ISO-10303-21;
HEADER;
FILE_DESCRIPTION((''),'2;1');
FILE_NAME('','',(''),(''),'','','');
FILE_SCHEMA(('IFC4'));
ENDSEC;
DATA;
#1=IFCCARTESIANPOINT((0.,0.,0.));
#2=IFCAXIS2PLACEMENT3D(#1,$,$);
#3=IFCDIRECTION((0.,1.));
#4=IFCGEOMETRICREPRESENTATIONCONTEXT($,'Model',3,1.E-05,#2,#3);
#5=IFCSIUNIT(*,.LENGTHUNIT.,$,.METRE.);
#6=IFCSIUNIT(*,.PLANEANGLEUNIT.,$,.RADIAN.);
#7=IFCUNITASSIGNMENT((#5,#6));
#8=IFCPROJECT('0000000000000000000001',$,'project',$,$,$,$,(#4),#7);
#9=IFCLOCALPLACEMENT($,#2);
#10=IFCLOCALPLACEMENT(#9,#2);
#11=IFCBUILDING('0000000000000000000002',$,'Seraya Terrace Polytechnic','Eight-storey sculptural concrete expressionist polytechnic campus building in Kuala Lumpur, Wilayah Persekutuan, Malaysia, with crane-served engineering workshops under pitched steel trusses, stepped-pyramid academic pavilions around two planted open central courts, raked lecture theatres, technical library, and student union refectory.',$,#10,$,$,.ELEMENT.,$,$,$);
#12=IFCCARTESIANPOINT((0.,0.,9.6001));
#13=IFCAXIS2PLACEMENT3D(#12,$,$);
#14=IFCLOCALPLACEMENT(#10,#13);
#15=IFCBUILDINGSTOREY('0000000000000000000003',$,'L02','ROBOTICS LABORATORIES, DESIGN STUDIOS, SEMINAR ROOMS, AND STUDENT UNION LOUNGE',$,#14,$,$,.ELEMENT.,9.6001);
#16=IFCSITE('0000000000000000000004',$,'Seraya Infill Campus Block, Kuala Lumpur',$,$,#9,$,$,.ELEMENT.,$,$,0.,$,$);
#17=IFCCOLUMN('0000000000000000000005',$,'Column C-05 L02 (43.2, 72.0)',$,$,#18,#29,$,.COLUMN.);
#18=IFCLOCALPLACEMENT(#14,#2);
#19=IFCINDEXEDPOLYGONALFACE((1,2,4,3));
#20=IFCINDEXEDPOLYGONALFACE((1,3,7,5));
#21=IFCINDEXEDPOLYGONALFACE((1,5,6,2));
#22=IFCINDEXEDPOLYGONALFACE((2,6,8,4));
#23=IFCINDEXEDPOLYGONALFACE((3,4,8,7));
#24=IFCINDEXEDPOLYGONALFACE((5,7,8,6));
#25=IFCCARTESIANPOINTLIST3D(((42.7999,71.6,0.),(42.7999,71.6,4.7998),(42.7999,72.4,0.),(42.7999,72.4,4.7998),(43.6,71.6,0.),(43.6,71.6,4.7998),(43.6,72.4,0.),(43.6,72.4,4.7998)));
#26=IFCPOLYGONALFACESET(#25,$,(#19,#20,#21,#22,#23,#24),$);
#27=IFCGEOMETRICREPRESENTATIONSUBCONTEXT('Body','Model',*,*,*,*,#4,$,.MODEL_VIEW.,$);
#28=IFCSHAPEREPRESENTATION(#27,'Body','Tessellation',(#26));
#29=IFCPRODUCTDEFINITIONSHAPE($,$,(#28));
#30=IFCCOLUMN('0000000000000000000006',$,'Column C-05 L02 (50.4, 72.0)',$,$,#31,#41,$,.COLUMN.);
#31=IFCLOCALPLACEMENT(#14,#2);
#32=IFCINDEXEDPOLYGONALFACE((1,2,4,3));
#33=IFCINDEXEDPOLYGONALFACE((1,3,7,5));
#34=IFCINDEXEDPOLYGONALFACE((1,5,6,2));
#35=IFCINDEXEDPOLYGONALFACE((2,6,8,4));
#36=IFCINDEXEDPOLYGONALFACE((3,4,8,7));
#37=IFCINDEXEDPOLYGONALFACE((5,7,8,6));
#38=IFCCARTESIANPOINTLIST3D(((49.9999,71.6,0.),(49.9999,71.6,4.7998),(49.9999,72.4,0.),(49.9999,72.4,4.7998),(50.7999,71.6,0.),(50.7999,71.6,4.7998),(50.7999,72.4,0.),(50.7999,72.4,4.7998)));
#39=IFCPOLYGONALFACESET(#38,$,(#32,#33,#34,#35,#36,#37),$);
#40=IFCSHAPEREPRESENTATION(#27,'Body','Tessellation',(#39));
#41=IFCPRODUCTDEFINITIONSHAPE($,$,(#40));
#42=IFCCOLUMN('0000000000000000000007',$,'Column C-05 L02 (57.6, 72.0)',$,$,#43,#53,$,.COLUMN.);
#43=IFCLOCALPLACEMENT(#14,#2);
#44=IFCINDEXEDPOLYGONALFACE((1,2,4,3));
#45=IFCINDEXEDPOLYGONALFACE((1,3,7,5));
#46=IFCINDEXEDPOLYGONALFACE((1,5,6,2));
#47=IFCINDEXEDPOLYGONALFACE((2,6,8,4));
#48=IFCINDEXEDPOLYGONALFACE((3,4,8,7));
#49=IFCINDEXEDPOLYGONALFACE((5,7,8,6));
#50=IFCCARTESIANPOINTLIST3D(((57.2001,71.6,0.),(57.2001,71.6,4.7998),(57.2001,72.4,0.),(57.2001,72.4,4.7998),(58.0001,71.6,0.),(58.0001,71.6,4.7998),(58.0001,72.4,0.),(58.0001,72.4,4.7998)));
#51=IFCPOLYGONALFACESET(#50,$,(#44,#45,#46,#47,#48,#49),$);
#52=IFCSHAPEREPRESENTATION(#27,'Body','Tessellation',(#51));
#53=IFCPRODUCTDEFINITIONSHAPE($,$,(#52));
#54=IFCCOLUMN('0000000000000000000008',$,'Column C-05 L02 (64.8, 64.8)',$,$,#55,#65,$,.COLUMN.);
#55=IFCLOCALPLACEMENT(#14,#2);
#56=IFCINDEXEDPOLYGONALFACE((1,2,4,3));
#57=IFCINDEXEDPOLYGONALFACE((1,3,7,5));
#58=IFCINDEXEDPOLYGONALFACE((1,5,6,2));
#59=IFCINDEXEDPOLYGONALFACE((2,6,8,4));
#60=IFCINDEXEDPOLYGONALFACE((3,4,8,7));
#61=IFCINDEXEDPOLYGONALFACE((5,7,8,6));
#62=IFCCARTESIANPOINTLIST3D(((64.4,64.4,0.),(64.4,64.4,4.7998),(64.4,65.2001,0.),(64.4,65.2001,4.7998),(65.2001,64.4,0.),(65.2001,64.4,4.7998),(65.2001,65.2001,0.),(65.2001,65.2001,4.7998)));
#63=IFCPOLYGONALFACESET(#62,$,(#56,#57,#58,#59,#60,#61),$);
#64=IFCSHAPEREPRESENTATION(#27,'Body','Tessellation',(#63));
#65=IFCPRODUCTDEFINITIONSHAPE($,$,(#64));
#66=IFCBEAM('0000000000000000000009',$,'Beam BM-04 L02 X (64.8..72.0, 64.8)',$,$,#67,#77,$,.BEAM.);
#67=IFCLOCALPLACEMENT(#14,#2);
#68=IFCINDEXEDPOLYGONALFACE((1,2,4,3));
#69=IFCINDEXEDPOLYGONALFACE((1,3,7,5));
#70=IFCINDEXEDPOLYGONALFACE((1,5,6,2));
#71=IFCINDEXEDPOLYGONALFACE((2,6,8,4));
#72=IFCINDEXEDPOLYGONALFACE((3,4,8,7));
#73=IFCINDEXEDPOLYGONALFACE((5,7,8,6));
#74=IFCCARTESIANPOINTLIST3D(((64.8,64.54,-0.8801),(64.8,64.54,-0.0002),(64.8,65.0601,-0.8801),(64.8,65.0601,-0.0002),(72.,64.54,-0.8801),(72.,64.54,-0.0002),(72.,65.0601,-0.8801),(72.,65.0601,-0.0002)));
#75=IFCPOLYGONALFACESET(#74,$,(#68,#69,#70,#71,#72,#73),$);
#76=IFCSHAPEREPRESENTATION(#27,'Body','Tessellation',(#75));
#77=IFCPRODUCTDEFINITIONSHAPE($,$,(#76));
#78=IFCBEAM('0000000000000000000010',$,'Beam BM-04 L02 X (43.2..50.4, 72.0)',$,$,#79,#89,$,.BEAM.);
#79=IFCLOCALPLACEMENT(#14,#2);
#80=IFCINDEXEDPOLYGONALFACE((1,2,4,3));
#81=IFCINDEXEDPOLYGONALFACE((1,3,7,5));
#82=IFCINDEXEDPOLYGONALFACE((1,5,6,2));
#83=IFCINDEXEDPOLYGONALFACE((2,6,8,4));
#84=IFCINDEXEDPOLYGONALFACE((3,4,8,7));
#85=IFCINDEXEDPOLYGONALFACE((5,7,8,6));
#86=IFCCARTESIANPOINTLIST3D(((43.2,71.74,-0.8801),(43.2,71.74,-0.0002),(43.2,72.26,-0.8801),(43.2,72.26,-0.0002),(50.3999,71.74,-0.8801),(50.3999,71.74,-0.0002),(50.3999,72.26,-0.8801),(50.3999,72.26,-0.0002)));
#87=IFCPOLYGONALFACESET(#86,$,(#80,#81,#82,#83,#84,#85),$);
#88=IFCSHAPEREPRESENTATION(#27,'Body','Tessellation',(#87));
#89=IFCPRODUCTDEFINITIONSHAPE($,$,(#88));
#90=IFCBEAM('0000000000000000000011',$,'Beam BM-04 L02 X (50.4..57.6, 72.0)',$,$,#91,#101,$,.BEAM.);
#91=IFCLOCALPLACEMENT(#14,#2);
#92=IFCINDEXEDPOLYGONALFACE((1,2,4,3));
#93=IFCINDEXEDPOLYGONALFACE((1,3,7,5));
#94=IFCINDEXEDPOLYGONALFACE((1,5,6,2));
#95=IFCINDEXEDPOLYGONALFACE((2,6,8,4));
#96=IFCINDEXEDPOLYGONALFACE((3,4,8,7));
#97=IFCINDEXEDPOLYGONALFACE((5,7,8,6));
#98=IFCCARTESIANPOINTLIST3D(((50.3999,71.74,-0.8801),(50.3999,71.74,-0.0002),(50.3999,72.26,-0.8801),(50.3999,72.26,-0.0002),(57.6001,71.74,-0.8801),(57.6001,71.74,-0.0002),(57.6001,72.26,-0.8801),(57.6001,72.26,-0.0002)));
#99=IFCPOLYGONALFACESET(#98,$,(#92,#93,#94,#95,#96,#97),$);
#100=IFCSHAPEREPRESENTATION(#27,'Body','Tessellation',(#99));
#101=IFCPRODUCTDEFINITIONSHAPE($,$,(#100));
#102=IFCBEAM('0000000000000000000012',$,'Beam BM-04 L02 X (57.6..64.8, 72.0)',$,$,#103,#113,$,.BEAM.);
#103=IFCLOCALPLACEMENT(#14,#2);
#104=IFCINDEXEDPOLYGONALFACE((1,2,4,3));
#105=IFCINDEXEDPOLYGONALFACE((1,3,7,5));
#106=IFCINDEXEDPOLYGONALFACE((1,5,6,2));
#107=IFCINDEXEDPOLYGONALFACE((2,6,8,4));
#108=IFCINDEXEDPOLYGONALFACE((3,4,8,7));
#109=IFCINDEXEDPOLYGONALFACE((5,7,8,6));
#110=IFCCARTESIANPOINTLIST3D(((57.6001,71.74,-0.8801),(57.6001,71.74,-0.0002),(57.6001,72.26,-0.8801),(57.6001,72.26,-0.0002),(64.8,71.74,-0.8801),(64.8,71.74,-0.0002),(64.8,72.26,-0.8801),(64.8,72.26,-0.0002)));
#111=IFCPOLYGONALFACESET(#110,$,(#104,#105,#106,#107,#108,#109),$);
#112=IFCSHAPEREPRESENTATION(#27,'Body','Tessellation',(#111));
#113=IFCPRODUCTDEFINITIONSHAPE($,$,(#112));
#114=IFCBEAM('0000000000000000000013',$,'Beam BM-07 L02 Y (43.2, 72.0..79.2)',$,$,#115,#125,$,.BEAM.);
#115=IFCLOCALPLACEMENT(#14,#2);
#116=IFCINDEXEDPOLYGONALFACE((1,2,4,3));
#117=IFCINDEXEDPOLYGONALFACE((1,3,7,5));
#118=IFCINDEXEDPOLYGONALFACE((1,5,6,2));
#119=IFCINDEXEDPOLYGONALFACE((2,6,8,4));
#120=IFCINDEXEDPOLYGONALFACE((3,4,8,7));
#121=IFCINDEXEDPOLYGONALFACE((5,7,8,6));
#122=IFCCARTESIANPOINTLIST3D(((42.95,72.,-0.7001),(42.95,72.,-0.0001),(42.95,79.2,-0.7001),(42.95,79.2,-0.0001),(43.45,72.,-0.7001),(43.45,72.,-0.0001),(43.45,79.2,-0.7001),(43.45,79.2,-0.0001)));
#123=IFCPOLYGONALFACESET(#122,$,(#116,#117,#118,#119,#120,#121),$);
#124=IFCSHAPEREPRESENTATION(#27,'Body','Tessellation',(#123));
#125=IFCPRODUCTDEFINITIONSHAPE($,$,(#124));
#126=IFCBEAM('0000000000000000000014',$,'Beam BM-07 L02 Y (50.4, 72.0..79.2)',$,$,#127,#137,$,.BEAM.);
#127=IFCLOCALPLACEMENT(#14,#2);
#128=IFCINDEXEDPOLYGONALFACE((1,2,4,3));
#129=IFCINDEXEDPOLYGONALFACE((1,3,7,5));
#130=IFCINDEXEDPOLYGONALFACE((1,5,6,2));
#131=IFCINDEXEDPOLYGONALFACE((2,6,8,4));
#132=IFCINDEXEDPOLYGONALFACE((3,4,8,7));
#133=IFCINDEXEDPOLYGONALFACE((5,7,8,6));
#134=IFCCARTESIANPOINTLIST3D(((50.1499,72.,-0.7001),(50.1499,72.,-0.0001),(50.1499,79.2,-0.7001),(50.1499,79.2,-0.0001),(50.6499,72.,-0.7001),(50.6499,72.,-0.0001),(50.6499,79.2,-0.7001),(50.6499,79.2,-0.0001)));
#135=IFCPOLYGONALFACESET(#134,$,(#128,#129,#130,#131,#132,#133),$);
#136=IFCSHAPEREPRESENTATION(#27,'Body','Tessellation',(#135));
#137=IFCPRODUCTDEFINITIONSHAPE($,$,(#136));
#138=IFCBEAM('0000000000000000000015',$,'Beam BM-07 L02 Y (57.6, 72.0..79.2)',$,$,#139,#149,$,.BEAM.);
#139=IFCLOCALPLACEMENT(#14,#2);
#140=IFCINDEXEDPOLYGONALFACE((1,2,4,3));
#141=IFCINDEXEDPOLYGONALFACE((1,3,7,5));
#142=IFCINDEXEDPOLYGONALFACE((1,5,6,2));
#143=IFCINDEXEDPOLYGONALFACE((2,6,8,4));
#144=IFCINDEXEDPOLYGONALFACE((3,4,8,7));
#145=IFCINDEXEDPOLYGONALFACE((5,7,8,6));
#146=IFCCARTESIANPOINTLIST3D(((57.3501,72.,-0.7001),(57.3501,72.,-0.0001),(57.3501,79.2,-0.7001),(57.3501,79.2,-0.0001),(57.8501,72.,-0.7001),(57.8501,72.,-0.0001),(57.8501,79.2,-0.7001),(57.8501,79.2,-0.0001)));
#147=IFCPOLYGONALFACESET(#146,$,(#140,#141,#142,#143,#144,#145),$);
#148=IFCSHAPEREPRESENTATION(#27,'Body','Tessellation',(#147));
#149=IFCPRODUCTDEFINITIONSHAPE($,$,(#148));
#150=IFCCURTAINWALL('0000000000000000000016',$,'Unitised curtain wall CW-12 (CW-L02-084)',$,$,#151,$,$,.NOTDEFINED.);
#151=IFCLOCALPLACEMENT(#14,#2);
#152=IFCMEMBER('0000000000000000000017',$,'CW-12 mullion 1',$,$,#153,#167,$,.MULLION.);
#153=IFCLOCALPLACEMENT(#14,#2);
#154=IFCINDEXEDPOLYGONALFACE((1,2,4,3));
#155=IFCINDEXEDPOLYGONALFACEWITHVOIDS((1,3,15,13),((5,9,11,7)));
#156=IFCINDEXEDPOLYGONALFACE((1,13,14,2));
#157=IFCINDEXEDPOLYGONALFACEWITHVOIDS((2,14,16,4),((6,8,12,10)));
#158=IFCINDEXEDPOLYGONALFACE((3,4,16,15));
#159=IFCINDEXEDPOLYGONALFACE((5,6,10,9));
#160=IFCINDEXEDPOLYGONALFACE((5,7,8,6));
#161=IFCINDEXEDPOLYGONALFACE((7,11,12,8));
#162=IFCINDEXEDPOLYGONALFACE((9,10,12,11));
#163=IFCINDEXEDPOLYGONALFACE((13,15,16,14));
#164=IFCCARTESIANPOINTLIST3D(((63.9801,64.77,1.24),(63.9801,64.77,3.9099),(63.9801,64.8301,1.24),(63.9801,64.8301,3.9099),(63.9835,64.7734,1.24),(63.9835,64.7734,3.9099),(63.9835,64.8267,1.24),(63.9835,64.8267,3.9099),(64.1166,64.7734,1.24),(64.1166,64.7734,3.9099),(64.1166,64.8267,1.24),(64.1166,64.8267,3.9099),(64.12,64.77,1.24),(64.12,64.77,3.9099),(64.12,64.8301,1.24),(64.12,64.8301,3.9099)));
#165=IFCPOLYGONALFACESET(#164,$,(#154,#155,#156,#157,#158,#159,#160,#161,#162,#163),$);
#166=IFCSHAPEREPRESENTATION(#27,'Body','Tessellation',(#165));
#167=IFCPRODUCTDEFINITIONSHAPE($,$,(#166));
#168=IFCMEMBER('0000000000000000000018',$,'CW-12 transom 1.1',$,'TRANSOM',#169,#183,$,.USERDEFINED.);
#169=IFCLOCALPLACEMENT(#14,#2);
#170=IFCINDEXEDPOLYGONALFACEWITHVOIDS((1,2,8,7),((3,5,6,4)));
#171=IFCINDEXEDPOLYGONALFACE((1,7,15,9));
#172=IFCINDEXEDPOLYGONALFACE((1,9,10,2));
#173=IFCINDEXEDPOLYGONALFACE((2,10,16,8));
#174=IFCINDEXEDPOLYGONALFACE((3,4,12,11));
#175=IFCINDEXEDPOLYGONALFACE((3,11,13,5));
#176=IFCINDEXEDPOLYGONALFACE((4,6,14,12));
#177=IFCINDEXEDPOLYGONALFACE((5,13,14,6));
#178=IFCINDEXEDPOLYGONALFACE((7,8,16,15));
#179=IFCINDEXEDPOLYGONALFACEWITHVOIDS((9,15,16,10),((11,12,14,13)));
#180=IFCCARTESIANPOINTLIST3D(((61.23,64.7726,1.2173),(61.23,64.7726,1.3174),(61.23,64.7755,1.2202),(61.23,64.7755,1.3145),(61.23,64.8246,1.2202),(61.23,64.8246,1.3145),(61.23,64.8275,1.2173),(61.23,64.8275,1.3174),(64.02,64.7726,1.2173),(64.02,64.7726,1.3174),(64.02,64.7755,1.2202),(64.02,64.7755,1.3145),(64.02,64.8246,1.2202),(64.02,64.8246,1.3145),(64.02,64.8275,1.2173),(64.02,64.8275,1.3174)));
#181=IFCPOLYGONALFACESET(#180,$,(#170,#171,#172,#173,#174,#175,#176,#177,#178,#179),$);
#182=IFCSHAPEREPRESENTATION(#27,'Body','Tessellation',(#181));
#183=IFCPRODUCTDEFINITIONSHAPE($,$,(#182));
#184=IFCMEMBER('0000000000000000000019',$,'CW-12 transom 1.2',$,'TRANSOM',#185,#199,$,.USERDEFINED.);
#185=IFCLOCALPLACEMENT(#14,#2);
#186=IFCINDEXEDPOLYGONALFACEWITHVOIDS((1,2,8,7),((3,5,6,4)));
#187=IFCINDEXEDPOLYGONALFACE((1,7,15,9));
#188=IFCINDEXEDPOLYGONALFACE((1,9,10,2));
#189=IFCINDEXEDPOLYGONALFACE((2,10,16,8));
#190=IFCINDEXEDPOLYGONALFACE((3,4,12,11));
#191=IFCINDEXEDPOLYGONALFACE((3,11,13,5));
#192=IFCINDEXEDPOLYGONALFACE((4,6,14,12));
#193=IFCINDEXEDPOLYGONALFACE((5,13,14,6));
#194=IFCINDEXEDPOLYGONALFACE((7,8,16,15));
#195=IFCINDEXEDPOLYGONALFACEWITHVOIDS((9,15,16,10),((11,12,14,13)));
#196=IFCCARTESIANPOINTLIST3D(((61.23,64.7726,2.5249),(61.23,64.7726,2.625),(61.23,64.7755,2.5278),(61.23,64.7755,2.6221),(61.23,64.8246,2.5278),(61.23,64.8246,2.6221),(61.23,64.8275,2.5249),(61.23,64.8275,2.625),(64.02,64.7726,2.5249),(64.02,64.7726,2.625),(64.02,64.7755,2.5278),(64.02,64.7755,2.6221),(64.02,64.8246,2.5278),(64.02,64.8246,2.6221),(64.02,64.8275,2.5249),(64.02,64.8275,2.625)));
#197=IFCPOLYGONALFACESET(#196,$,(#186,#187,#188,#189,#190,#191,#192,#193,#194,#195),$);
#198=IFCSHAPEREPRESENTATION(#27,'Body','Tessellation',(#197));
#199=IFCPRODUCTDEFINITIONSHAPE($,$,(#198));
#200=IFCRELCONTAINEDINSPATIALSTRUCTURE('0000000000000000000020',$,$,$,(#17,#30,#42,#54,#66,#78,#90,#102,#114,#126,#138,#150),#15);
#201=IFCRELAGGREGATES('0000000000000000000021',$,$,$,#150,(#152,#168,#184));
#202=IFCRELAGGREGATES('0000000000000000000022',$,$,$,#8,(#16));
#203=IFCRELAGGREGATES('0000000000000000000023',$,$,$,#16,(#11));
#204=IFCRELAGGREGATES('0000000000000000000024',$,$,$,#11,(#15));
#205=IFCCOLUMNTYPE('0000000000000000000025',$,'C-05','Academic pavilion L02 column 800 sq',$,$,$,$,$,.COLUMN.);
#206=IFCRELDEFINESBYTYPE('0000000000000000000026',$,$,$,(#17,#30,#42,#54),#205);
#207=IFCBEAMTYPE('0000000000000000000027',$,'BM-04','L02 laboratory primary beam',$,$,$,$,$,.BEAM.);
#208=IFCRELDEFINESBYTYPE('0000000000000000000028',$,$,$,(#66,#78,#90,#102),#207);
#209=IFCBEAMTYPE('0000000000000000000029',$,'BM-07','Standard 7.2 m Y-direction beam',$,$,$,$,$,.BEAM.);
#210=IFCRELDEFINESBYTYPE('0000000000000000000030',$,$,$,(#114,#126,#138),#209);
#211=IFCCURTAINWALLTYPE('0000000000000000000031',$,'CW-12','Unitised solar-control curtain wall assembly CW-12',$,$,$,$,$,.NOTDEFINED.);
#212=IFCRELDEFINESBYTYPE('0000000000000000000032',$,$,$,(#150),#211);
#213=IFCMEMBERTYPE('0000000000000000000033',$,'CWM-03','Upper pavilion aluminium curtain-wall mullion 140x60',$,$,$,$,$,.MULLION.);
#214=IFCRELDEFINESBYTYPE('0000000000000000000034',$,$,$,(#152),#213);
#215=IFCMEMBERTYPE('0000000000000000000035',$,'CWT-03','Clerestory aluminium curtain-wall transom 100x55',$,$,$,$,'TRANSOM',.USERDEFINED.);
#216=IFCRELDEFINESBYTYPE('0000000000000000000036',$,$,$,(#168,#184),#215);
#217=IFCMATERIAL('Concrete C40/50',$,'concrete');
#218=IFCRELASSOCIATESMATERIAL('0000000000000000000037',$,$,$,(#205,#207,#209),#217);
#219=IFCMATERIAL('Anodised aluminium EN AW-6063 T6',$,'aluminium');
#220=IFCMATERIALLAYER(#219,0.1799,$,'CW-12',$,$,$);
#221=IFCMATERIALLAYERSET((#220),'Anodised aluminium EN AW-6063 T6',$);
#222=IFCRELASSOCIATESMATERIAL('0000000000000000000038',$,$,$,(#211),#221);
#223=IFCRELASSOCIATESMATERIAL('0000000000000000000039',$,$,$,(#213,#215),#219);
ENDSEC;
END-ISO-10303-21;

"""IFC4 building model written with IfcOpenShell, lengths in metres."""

from ifc_helpers import new_model, si_unit, direction, frame, origin, origin_2d, place, context, subcontext, project, spatial, rectangle, hollow_rectangle, extrude, material, layer, layer_set, material_profile, profile_set, type_object, element, aggregate, save


model = new_model("IFC4")

# Units and contexts
model_context = context("Model", 3, precision=1e-05, world=origin(), true_north=direction((0.0, 1.0)))
body_context = subcontext(model_context, "Body", "Model", "MODEL_VIEW")
ifc_project = project(units=[si_unit("LENGTHUNIT", "METRE"), si_unit("PLANEANGLEUNIT", "RADIAN")], contexts=[model_context])

# Site, building, storey
site_placement = place(None, origin())
site = spatial("IfcSite", under=ifc_project, at=site_placement, Name="Seraya Infill Campus Block, Kuala Lumpur", CompositionType="ELEMENT", RefElevation=0.0)
building_placement = place(site_placement, origin())
building = spatial("IfcBuilding", under=site, at=building_placement, Name="Seraya Terrace Polytechnic", Description="Eight-storey sculptural concrete expressionist polytechnic campus building in Kuala Lumpur, Wilayah Persekutuan, Malaysia, with crane-served engineering workshops under pitched steel trusses, stepped-pyramid academic pavilions around two planted open central courts, raked lecture theatres, technical library, and student union refectory.", CompositionType="ELEMENT")
storey_placement = place(building_placement, frame((0.0, 0.0, 9.6001)))
storey = spatial("IfcBuildingStorey", under=building, at=storey_placement, Name="L02", Description="ROBOTICS LABORATORIES, DESIGN STUDIOS, SEMINAR ROOMS, AND STUDENT UNION LOUNGE", CompositionType="ELEMENT", Elevation=9.6001)

# Columns
ifc_material_1 = material(Name="Concrete C40/50", Category="concrete")
ifc_material_profile_1 = material_profile(ifc_material_1, rectangle(XDim=0.8, YDim=0.8, at=origin_2d()), Name="RC 800x800")
ifc_profile_set_1 = profile_set([ifc_material_profile_1], Name="Concrete C40/50")
column_type = type_object("IfcColumnType", Name="C-05", Description="Academic pavilion L02 column 800 sq", PredefinedType="COLUMN", material=ifc_profile_set_1)
for number, where, z_axis, x_axis, name in (
    (1, (43.2, 72.0, 0.0), (0.0, 0.0, 1.0), (1.0, 0.0, 0.0), "Column C-05 L02 (43.2, 72.0)"),
    (2, (50.3999, 72.0, 0.0), (0.0, 0.0, 1.0), (1.0, 0.0, 0.0), "Column C-05 L02 (50.4, 72.0)"),
    (3, (57.6001, 72.0, 0.0), (0.0, 0.0, 1.0), (1.0, 0.0, 0.0), "Column C-05 L02 (57.6, 72.0)"),
    (4, (64.8, 64.8, 0.0), (0.0, 0.0, 1.0), (1.0, 0.0, 0.0), "Column C-05 L02 (64.8, 64.8)"),
):
    element("IfcColumn", number, at=place(storey_placement, frame(where, z_axis=z_axis, x_axis=x_axis)), inside=storey, type_object=column_type, Name=name, PredefinedType="COLUMN", context=body_context, shape_type="SweptSolid", body=[
        extrude(rectangle(XDim=0.8, YDim=0.8, at=origin_2d()), origin(), (0.0, 0.0, 1.0), 4.7998),
    ])

# Beams
ifc_material_profile_2 = material_profile(ifc_material_1, rectangle(XDim=0.52, YDim=0.8799, at=origin_2d()), Name="RC 520x880")
ifc_profile_set_2 = profile_set([ifc_material_profile_2], Name="Concrete C40/50")
beam_type_1 = type_object("IfcBeamType", Name="BM-04", Description="L02 laboratory primary beam", PredefinedType="BEAM", material=ifc_profile_set_2)
for number, where, z_axis, x_axis, name in (
    (5, (64.8, 64.8, -0.4402), (1.0, 0.0, 0.0), (0.0, 1.0, 0.0), "Beam BM-04 L02 X (64.8..72.0, 64.8)"),
    (6, (43.2, 72.0, -0.4402), (1.0, 0.0, 0.0), (0.0, 1.0, 0.0), "Beam BM-04 L02 X (43.2..50.4, 72.0)"),
):
    element("IfcBeam", number, at=place(storey_placement, frame(where, z_axis=z_axis, x_axis=x_axis)), inside=storey, type_object=beam_type_1, Name=name, PredefinedType="BEAM", context=body_context, shape_type="SweptSolid", body=[
        extrude(rectangle(XDim=0.52, YDim=0.8799, at=origin_2d()), origin(), (0.0, 0.0, 1.0), 7.2),
    ])
beam_1_placement = place(storey_placement, frame((50.3999, 72.0, -0.4402), z_axis=(1.0, 0.0, 0.0), x_axis=(0.0, 1.0, 0.0)))
element("IfcBeam", 7, at=beam_1_placement, inside=storey, type_object=beam_type_1, Name="Beam BM-04 L02 X (50.4..57.6, 72.0)", PredefinedType="BEAM", context=body_context, shape_type="SweptSolid", body=[
    extrude(rectangle(XDim=0.52, YDim=0.8799, at=origin_2d()), origin(), (0.0, 0.0, 1.0), 7.2002),
])
beam_2_placement = place(storey_placement, frame((57.6001, 72.0, -0.4402), z_axis=(1.0, 0.0, 0.0), x_axis=(0.0, 1.0, 0.0)))
element("IfcBeam", 8, at=beam_2_placement, inside=storey, type_object=beam_type_1, Name="Beam BM-04 L02 X (57.6..64.8, 72.0)", PredefinedType="BEAM", context=body_context, shape_type="SweptSolid", body=[
    extrude(rectangle(XDim=0.52, YDim=0.8799, at=origin_2d()), origin(), (0.0, 0.0, 1.0), 7.2),
])
ifc_material_profile_3 = material_profile(ifc_material_1, rectangle(XDim=0.5, YDim=0.7, at=origin_2d()), Name="RC 500x700")
ifc_profile_set_3 = profile_set([ifc_material_profile_3], Name="Concrete C40/50")
beam_type_2 = type_object("IfcBeamType", Name="BM-07", Description="Standard 7.2 m Y-direction beam", PredefinedType="BEAM", material=ifc_profile_set_3)
for number, where, z_axis, x_axis, name in (
    (9, (43.2, 72.0, -0.3501), (0.0, 1.0, 0.0), (-1.0, 0.0, 0.0), "Beam BM-07 L02 Y (43.2, 72.0..79.2)"),
    (10, (50.3999, 72.0, -0.3501), (0.0, 1.0, 0.0), (-1.0, 0.0, 0.0), "Beam BM-07 L02 Y (50.4, 72.0..79.2)"),
    (11, (57.6001, 72.0, -0.3501), (0.0, 1.0, 0.0), (-1.0, 0.0, 0.0), "Beam BM-07 L02 Y (57.6, 72.0..79.2)"),
):
    element("IfcBeam", number, at=place(storey_placement, frame(where, z_axis=z_axis, x_axis=x_axis)), inside=storey, type_object=beam_type_2, Name=name, PredefinedType="BEAM", context=body_context, shape_type="SweptSolid", body=[
        extrude(rectangle(XDim=0.5, YDim=0.7, at=origin_2d()), origin(), (0.0, 0.0, 1.0), 7.2),
    ])

# Curtain wall, members
ifc_material_2 = material(Name="Anodised aluminium EN AW-6063 T6", Category="aluminium")
ifc_layer_1 = layer(ifc_material_2, 0.1799, Name="CW-12")
ifc_layer_set_1 = layer_set([ifc_layer_1], Name="Anodised aluminium EN AW-6063 T6")
curtain_wall_type = type_object("IfcCurtainWallType", Name="CW-12", Description="Unitised solar-control curtain wall assembly CW-12", PredefinedType="NOTDEFINED", material=ifc_layer_set_1)
curtain_wall_placement = place(storey_placement, origin())
curtain_wall = element("IfcCurtainWall", 12, at=curtain_wall_placement, inside=storey, type_object=curtain_wall_type, Name="Unitised curtain wall CW-12 (CW-L02-084)", PredefinedType="NOTDEFINED")
ifc_material_profile_4 = material_profile(ifc_material_2, hollow_rectangle(XDim=0.0601, YDim=0.1399, WallThickness=0.0034, at=origin_2d()), Name="RHS 140x60x3.5")
ifc_profile_set_4 = profile_set([ifc_material_profile_4], Name="Anodised aluminium EN AW-6063 T6")
member_type_1 = type_object("IfcMemberType", Name="CWM-03", Description="Upper pavilion aluminium curtain-wall mullion 140x60", PredefinedType="MULLION", material=ifc_profile_set_4)
member_1_placement = place(storey_placement, frame((64.05, 64.8, 1.24), z_axis=(0.0, 0.0, 1.0), x_axis=(0.0, -1.0, 0.0)))
member_1 = element("IfcMember", 13, at=member_1_placement, type_object=member_type_1, Name="CW-12 mullion 1", PredefinedType="MULLION", context=body_context, shape_type="SweptSolid", body=[
    extrude(hollow_rectangle(XDim=0.0601, YDim=0.1399, WallThickness=0.0034, at=origin_2d()), origin(), (0.0, 0.0, 1.0), 2.6699),
])
ifc_material_profile_5 = material_profile(ifc_material_2, hollow_rectangle(XDim=0.0549, YDim=0.1001, WallThickness=0.0029, at=origin_2d()), Name="RHS 100x55x3.0")
ifc_profile_set_5 = profile_set([ifc_material_profile_5], Name="Anodised aluminium EN AW-6063 T6")
member_type_2 = type_object("IfcMemberType", Name="CWT-03", Description="Clerestory aluminium curtain-wall transom 100x55", ElementType="TRANSOM", PredefinedType="USERDEFINED", material=ifc_profile_set_5)
member_2_placement = place(storey_placement, frame((64.02, 64.8, 1.2673), z_axis=(-1.0, 0.0, 0.0), x_axis=(0.0, -1.0, 0.0)))
member_2 = element("IfcMember", 14, at=member_2_placement, type_object=member_type_2, Name="CW-12 transom 1.1", ObjectType="TRANSOM", PredefinedType="USERDEFINED", context=body_context, shape_type="SweptSolid", body=[
    extrude(hollow_rectangle(XDim=0.0549, YDim=0.1001, WallThickness=0.0029, at=origin_2d()), origin(), (0.0, 0.0, 1.0), 2.79),
])
member_3_placement = place(storey_placement, frame((64.02, 64.8, 2.575), z_axis=(-1.0, 0.0, 0.0), x_axis=(0.0, -1.0, 0.0)))
member_3 = element("IfcMember", 15, at=member_3_placement, type_object=member_type_2, Name="CW-12 transom 1.2", ObjectType="TRANSOM", PredefinedType="USERDEFINED", context=body_context, shape_type="SweptSolid", body=[
    extrude(hollow_rectangle(XDim=0.0549, YDim=0.1001, WallThickness=0.0029, at=origin_2d()), origin(), (0.0, 0.0, 1.0), 2.79),
])

aggregate(curtain_wall, [member_1, member_2, member_3])

save(model, "model.ifc")
